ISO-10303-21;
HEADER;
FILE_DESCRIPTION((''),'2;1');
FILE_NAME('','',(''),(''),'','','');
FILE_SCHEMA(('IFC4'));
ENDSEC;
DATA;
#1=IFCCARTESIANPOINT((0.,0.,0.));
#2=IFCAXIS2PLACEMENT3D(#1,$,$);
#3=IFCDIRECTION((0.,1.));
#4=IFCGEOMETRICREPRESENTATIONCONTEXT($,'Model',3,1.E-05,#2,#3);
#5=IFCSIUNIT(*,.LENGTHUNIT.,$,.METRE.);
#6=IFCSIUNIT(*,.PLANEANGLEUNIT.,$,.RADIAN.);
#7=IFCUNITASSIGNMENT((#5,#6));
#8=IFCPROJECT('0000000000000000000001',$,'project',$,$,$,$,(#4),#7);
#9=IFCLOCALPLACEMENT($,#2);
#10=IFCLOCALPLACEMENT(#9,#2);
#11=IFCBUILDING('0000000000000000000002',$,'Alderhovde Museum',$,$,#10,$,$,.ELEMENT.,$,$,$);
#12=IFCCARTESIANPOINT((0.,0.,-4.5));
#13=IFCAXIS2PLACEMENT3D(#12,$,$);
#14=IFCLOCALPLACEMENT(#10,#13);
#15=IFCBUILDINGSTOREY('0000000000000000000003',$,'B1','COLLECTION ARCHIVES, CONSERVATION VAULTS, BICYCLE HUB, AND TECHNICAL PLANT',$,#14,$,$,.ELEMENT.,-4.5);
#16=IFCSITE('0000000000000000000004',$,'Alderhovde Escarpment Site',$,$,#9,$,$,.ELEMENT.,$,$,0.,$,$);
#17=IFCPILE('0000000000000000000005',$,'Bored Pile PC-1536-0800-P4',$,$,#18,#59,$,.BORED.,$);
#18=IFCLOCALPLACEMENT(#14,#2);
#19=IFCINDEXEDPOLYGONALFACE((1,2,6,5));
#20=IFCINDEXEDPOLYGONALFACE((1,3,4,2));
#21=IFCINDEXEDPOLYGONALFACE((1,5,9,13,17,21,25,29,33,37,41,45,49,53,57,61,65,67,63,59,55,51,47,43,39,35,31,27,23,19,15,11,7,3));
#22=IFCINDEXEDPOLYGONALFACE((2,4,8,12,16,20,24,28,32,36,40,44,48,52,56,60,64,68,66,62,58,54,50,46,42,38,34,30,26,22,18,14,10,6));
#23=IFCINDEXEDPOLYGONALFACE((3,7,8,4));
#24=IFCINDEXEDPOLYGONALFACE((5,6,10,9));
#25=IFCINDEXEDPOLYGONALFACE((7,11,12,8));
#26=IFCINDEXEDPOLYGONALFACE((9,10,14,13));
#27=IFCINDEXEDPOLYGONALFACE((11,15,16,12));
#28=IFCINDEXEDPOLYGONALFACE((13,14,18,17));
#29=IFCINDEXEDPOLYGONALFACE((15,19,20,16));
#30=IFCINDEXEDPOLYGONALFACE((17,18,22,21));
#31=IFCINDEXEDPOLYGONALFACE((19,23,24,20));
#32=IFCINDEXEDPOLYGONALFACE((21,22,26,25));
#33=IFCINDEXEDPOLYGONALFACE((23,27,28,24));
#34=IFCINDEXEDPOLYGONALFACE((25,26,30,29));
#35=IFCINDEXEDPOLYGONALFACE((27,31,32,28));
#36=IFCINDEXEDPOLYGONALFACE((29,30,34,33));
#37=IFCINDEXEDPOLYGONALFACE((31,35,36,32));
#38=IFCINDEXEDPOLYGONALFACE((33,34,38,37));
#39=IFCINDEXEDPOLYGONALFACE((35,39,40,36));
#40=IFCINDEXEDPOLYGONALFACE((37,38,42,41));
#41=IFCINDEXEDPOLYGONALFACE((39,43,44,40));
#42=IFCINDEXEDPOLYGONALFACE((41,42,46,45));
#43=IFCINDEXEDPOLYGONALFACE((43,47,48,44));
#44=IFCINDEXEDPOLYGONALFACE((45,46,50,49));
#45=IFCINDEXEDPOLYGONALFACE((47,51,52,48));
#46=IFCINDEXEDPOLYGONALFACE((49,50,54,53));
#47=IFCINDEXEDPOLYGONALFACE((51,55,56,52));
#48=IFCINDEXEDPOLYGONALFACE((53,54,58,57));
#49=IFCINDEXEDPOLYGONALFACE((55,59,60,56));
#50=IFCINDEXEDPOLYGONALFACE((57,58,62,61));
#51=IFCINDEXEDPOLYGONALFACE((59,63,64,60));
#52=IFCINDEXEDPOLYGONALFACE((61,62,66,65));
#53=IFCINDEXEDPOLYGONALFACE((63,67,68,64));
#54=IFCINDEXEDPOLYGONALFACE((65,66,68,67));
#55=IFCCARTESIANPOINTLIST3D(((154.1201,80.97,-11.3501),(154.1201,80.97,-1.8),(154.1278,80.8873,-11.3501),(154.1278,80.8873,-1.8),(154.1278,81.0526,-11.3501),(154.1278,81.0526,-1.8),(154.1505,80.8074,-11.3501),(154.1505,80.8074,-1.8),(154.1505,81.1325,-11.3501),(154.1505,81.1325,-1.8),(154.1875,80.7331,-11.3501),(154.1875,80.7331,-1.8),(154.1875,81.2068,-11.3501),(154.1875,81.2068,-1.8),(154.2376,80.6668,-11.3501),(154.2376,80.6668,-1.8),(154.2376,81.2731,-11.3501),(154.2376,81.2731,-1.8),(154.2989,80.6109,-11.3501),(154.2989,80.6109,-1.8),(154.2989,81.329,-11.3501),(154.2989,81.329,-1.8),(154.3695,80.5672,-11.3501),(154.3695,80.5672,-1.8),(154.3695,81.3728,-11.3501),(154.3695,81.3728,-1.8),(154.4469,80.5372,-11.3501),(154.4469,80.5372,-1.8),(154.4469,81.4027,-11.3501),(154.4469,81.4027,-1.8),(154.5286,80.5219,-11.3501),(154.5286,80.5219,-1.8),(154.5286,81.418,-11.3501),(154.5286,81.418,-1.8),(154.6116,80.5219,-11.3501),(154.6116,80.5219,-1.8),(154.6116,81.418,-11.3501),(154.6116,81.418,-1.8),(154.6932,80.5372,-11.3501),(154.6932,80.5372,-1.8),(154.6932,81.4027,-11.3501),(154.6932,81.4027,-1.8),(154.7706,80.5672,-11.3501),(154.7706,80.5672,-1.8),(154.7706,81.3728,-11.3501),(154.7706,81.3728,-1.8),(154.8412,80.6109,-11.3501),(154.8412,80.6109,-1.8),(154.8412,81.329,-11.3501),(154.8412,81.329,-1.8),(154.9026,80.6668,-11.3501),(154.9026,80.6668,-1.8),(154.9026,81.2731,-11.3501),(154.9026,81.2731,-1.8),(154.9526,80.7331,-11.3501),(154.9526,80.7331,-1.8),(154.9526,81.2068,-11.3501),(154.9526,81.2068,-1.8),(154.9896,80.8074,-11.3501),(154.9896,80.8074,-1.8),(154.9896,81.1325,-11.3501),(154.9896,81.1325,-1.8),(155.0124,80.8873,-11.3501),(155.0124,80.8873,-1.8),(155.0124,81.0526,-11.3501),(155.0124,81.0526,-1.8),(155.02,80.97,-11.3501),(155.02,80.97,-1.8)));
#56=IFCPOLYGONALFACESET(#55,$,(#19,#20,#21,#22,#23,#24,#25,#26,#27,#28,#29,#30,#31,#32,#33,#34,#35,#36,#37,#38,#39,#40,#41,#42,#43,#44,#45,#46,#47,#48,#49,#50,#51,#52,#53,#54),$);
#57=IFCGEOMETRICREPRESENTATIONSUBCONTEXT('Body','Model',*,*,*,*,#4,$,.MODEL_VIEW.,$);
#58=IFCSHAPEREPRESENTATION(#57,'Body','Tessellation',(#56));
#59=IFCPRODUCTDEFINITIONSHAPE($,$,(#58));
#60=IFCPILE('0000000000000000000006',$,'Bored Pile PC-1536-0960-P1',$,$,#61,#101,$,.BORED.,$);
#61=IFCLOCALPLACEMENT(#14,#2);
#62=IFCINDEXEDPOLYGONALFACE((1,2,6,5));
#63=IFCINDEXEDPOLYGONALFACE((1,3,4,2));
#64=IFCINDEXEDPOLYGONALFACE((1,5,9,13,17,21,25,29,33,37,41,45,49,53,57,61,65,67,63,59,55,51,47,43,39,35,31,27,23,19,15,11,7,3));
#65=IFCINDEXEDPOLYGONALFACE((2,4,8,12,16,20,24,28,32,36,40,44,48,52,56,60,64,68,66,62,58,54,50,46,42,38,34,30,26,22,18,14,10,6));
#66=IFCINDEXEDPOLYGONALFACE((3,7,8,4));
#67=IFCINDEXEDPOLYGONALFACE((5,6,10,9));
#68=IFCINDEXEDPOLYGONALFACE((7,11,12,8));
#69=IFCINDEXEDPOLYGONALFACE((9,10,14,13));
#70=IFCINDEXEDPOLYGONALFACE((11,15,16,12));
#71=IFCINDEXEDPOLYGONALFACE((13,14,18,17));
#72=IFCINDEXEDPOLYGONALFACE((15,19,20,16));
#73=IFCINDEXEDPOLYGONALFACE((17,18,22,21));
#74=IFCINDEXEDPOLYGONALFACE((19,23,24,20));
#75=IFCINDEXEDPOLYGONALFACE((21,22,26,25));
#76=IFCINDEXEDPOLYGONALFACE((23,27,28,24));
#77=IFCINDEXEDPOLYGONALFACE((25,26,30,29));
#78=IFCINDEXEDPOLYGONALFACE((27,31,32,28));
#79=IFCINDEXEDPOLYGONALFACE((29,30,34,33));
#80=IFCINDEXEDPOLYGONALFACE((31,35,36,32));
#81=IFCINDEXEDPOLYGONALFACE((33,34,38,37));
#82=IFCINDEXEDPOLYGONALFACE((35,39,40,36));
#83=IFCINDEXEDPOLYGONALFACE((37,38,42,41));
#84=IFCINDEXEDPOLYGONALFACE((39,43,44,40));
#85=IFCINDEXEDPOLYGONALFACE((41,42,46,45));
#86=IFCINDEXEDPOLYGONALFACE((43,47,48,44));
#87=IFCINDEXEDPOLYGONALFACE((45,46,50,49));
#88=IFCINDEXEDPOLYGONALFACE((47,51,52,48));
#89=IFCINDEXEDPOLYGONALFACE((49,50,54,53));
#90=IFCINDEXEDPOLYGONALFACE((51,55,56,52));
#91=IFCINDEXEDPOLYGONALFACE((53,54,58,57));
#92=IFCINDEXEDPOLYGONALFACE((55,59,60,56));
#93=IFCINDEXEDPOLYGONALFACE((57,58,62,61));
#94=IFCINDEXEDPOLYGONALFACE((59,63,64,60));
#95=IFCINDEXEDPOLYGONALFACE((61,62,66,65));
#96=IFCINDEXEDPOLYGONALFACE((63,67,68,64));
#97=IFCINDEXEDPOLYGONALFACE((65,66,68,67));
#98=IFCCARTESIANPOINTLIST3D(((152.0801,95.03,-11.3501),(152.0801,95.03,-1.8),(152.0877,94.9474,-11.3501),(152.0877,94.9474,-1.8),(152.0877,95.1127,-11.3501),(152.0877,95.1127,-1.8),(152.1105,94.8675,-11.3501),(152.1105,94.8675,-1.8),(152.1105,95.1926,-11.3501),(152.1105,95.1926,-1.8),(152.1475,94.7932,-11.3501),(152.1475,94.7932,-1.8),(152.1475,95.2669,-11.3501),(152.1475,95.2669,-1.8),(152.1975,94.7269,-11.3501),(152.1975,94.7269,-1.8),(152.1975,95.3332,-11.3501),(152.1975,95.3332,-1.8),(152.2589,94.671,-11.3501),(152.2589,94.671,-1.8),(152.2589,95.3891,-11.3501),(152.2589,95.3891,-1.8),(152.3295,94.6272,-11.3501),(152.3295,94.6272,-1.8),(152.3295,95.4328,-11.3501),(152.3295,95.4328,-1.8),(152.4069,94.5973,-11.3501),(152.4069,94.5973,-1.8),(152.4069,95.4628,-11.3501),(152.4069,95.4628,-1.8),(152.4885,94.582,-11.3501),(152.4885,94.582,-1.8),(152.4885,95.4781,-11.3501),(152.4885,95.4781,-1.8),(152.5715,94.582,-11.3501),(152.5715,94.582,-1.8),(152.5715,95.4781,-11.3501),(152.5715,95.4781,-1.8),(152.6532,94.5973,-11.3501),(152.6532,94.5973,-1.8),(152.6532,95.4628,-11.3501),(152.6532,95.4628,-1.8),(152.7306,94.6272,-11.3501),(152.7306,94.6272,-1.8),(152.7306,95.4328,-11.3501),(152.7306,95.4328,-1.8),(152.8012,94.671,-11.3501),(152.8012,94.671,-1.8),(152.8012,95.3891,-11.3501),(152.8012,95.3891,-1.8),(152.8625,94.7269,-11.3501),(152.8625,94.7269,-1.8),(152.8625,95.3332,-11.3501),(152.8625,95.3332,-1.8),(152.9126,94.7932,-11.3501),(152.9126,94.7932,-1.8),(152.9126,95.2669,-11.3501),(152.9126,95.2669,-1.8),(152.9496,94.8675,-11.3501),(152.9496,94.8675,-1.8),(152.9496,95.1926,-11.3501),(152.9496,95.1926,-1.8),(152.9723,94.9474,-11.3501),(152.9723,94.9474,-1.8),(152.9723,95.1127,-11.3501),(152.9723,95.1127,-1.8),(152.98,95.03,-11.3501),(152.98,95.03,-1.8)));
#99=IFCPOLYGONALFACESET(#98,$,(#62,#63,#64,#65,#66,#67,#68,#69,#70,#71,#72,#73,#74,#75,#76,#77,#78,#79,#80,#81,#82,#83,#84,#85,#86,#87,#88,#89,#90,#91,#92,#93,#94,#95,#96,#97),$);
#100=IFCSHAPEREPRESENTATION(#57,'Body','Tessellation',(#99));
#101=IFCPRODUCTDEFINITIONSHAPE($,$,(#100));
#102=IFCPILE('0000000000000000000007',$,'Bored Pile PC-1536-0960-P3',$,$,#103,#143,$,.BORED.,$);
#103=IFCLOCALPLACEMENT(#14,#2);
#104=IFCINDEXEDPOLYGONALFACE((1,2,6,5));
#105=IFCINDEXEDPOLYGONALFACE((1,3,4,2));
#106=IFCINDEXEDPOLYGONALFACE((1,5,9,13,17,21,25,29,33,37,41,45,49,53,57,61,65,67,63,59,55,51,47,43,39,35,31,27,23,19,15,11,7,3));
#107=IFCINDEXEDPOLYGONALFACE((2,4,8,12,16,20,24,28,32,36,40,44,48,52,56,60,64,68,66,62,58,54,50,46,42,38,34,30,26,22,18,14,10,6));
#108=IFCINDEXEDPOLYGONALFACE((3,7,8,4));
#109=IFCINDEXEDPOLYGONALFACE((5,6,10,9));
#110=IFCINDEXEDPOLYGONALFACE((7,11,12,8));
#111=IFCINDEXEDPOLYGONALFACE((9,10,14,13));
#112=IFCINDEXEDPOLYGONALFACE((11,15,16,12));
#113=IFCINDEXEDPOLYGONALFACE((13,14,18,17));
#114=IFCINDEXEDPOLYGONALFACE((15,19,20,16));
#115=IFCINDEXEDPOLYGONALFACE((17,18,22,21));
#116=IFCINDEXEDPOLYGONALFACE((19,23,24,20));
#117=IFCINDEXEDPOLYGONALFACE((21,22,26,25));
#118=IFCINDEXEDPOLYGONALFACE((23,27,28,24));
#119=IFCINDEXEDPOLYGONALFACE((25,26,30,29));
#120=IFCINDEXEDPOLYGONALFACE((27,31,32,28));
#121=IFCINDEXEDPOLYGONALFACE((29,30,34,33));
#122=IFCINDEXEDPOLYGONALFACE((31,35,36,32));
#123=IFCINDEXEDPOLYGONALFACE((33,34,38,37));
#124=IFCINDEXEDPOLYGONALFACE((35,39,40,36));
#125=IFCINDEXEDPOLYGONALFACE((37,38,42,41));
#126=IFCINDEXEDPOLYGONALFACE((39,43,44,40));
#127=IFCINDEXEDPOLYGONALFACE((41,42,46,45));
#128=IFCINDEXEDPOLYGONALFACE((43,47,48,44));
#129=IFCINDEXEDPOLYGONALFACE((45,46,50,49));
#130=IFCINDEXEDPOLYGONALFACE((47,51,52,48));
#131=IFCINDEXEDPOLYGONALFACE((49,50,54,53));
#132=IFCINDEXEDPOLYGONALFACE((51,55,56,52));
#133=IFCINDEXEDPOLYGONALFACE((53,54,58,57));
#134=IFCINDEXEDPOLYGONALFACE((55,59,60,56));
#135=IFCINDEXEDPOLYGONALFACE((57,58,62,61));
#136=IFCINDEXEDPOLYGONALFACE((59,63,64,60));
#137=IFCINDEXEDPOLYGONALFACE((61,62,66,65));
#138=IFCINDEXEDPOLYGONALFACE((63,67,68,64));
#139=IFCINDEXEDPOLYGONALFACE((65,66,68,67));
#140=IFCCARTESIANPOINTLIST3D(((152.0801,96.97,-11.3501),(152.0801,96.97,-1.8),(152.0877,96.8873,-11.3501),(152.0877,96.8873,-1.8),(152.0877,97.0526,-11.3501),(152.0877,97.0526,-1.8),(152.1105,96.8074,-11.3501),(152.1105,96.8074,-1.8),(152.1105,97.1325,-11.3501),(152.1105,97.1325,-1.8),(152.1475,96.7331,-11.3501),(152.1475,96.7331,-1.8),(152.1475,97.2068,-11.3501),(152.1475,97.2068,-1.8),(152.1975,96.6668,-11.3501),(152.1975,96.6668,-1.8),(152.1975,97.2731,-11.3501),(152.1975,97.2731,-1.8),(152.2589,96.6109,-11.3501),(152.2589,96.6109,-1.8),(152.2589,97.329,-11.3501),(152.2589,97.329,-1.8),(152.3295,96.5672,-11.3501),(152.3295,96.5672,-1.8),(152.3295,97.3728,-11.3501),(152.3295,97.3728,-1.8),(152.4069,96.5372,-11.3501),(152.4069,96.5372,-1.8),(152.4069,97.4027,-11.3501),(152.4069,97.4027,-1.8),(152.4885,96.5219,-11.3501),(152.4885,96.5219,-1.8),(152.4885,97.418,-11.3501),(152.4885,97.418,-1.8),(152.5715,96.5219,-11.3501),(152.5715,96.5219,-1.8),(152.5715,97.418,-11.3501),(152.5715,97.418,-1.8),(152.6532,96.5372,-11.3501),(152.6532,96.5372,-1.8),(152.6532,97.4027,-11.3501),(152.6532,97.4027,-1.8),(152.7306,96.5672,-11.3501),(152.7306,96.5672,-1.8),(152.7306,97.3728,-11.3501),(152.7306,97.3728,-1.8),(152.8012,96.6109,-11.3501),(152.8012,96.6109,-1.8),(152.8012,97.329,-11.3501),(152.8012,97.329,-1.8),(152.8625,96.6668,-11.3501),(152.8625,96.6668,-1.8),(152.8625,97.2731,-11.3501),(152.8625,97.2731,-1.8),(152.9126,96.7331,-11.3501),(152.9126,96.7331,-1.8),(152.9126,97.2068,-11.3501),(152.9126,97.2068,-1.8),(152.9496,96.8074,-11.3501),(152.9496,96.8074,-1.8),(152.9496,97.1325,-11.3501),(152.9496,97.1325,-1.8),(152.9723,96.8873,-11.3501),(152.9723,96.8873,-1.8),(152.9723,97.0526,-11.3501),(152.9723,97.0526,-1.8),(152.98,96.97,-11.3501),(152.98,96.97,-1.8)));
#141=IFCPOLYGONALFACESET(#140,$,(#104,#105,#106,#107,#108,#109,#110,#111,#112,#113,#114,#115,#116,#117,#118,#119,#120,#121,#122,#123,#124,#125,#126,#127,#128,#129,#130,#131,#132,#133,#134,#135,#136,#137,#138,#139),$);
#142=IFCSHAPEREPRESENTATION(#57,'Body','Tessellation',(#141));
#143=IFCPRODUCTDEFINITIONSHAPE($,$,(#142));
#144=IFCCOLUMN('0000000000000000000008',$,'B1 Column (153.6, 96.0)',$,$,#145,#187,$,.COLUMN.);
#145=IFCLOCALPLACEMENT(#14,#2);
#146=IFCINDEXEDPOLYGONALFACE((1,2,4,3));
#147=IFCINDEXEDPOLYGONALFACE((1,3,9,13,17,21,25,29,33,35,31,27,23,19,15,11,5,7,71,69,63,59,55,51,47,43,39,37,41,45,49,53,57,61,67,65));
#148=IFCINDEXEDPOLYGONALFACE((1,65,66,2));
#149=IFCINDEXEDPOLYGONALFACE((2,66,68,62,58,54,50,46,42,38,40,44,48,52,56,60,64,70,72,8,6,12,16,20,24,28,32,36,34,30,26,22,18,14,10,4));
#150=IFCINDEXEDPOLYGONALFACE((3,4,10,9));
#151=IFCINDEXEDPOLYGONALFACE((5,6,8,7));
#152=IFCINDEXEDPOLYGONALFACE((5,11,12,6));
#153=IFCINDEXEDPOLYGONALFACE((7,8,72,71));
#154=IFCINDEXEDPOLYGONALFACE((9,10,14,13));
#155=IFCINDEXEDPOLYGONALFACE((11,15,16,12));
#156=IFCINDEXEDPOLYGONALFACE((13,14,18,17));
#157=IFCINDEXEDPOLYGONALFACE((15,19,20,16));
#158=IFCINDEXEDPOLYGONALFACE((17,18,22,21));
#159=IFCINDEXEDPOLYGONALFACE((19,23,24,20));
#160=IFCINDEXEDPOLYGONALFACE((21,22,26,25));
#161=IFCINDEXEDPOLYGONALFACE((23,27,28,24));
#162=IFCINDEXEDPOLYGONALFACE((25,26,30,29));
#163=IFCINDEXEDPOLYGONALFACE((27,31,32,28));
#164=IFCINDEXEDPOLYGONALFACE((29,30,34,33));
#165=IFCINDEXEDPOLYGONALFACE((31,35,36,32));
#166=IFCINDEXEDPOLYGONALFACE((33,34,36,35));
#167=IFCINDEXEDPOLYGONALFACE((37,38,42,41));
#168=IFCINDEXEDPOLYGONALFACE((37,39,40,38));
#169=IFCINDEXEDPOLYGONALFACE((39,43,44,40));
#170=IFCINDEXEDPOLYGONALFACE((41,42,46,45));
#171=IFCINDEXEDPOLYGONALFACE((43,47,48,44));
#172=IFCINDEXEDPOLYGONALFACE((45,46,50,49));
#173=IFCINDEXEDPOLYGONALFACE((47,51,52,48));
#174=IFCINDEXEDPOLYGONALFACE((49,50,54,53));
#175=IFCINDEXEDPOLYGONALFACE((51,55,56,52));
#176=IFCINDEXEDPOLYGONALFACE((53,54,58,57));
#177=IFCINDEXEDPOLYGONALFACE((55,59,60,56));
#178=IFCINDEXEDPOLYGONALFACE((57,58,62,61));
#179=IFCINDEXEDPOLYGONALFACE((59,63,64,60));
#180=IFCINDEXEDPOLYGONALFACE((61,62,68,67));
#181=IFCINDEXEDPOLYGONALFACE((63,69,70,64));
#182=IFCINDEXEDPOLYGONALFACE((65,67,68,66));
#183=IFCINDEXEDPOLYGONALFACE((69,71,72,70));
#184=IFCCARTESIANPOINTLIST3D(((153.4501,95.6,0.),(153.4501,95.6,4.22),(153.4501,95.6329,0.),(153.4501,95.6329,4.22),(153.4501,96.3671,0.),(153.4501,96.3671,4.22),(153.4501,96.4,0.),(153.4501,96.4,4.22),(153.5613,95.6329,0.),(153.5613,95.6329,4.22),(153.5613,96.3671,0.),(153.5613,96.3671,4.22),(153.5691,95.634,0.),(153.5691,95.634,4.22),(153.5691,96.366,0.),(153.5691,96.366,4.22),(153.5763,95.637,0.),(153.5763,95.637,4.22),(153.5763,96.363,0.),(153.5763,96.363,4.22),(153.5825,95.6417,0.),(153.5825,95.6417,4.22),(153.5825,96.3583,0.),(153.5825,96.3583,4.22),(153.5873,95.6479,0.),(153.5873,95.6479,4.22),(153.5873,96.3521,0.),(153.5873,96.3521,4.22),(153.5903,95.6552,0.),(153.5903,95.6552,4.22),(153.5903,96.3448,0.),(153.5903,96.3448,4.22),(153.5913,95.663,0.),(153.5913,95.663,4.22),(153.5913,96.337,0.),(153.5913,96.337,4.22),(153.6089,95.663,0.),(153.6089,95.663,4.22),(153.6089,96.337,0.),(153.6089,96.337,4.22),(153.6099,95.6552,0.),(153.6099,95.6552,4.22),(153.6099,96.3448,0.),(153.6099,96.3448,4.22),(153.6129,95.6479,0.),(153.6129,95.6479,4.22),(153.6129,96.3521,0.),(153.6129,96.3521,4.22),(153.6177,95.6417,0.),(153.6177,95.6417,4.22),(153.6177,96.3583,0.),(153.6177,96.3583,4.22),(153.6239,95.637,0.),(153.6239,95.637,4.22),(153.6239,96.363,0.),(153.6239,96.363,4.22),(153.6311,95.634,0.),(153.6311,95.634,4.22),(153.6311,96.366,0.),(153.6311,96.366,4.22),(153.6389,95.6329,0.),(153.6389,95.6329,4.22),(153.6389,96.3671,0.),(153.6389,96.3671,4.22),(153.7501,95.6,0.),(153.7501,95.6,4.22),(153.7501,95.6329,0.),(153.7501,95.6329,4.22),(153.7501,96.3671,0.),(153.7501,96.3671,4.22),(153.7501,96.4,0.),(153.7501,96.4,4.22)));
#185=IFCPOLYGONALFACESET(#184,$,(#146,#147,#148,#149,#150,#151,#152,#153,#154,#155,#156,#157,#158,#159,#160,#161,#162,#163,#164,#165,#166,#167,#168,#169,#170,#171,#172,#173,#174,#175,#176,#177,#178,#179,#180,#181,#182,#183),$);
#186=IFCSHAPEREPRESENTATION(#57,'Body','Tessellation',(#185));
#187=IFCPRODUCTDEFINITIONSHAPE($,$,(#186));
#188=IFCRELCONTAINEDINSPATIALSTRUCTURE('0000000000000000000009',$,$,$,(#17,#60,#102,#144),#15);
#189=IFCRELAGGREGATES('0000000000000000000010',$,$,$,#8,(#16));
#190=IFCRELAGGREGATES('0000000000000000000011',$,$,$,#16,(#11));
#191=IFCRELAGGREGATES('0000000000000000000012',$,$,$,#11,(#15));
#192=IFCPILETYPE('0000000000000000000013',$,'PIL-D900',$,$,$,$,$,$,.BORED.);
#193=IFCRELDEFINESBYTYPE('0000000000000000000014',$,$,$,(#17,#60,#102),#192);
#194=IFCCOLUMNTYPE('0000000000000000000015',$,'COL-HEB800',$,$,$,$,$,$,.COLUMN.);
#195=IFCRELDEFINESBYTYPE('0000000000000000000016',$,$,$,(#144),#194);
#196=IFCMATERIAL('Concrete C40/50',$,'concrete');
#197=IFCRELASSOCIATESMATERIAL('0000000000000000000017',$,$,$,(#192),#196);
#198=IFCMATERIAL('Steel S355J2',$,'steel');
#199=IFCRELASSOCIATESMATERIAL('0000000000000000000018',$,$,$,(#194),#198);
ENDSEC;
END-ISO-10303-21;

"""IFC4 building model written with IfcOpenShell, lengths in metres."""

from ifc_helpers import new_model, si_unit, direction, frame, origin, origin_2d, place, context, subcontext, project, spatial, circle, i_section, extrude, material, material_profile, profile_set, type_object, element, save


model = new_model("IFC4")

# Units and contexts
model_context = context("Model", 3, precision=1e-05, world=origin(), true_north=direction((0.0, 1.0)))
body_context = subcontext(model_context, "Body", "Model", "MODEL_VIEW")
ifc_project = project(units=[si_unit("LENGTHUNIT", "METRE"), si_unit("PLANEANGLEUNIT", "RADIAN")], contexts=[model_context])

# Site, building, storey
site_placement = place(None, origin())
site = spatial("IfcSite", under=ifc_project, at=site_placement, Name="Alderhovde Escarpment Site", CompositionType="ELEMENT", RefElevation=0.0)
building_placement = place(site_placement, origin())
building = spatial("IfcBuilding", under=site, at=building_placement, Name="Alderhovde Museum", CompositionType="ELEMENT")
storey_placement = place(building_placement, frame((0.0, 0.0, -4.5)))
storey = spatial("IfcBuildingStorey", under=building, at=storey_placement, Name="B1", Description="COLLECTION ARCHIVES, CONSERVATION VAULTS, BICYCLE HUB, AND TECHNICAL PLANT", CompositionType="ELEMENT", Elevation=-4.5)

# Piles
ifc_material_1 = material(Name="Concrete C40/50", Category="concrete")
ifc_material_profile_1 = material_profile(ifc_material_1, circle(Radius=0.45, at=origin_2d()), Name="PILE-D900")
ifc_profile_set_1 = profile_set([ifc_material_profile_1], Name="Concrete C40/50")
pile_type_1 = type_object("IfcPileType", Name="PIL-D900", PredefinedType="BORED", material=ifc_profile_set_1)
for number, where, z_axis, x_axis, name in (
    (1, (154.5701, 80.97, -1.8), (0.0, 0.0, -1.0), (1.0, 0.0, 0.0), "Bored Pile PC-1536-0800-P4"),
    (2, (152.53, 95.03, -1.8), (0.0, 0.0, -1.0), (1.0, 0.0, 0.0), "Bored Pile PC-1536-0960-P1"),
    (3, (152.53, 96.97, -1.8), (0.0, 0.0, -1.0), (1.0, 0.0, 0.0), "Bored Pile PC-1536-0960-P3"),
):
    element("IfcPile", number, at=place(storey_placement, frame(where, z_axis=z_axis, x_axis=x_axis)), inside=storey, type_object=pile_type_1, Name=name, PredefinedType="BORED", context=body_context, shape_type="SweptSolid", body=[
        extrude(circle(Radius=0.45, at=origin_2d()), origin(), (0.0, 0.0, 1.0), 9.55),
    ])

# Column
ifc_material_2 = material(Name="Steel S355J2", Category="steel")
ifc_material_profile_2 = material_profile(ifc_material_2, i_section(OverallWidth=0.3, OverallDepth=0.8, WebThickness=0.0176, FlangeThickness=0.033, FilletRadius=0.03, at=origin_2d()), Name="HEB 800")
ifc_profile_set_2 = profile_set([ifc_material_profile_2], Name="Steel S355J2")
column_type_1 = type_object("IfcColumnType", Name="COL-HEB800", PredefinedType="COLUMN", material=ifc_profile_set_2)
column_1_placement = place(storey_placement, frame((153.6001, 96.0, 0.0), z_axis=(0.0, 0.0, 1.0), x_axis=(1.0, 0.0, 0.0)))
element("IfcColumn", 4, at=column_1_placement, inside=storey, type_object=column_type_1, Name="B1 Column (153.6, 96.0)", PredefinedType="COLUMN", context=body_context, shape_type="SweptSolid", body=[
    extrude(i_section(OverallWidth=0.3, OverallDepth=0.8, WebThickness=0.0176, FlangeThickness=0.033, FilletRadius=0.03, at=origin_2d()), origin(), (0.0, 0.0, 1.0), 4.22),
])

save(model, "model.ifc")
